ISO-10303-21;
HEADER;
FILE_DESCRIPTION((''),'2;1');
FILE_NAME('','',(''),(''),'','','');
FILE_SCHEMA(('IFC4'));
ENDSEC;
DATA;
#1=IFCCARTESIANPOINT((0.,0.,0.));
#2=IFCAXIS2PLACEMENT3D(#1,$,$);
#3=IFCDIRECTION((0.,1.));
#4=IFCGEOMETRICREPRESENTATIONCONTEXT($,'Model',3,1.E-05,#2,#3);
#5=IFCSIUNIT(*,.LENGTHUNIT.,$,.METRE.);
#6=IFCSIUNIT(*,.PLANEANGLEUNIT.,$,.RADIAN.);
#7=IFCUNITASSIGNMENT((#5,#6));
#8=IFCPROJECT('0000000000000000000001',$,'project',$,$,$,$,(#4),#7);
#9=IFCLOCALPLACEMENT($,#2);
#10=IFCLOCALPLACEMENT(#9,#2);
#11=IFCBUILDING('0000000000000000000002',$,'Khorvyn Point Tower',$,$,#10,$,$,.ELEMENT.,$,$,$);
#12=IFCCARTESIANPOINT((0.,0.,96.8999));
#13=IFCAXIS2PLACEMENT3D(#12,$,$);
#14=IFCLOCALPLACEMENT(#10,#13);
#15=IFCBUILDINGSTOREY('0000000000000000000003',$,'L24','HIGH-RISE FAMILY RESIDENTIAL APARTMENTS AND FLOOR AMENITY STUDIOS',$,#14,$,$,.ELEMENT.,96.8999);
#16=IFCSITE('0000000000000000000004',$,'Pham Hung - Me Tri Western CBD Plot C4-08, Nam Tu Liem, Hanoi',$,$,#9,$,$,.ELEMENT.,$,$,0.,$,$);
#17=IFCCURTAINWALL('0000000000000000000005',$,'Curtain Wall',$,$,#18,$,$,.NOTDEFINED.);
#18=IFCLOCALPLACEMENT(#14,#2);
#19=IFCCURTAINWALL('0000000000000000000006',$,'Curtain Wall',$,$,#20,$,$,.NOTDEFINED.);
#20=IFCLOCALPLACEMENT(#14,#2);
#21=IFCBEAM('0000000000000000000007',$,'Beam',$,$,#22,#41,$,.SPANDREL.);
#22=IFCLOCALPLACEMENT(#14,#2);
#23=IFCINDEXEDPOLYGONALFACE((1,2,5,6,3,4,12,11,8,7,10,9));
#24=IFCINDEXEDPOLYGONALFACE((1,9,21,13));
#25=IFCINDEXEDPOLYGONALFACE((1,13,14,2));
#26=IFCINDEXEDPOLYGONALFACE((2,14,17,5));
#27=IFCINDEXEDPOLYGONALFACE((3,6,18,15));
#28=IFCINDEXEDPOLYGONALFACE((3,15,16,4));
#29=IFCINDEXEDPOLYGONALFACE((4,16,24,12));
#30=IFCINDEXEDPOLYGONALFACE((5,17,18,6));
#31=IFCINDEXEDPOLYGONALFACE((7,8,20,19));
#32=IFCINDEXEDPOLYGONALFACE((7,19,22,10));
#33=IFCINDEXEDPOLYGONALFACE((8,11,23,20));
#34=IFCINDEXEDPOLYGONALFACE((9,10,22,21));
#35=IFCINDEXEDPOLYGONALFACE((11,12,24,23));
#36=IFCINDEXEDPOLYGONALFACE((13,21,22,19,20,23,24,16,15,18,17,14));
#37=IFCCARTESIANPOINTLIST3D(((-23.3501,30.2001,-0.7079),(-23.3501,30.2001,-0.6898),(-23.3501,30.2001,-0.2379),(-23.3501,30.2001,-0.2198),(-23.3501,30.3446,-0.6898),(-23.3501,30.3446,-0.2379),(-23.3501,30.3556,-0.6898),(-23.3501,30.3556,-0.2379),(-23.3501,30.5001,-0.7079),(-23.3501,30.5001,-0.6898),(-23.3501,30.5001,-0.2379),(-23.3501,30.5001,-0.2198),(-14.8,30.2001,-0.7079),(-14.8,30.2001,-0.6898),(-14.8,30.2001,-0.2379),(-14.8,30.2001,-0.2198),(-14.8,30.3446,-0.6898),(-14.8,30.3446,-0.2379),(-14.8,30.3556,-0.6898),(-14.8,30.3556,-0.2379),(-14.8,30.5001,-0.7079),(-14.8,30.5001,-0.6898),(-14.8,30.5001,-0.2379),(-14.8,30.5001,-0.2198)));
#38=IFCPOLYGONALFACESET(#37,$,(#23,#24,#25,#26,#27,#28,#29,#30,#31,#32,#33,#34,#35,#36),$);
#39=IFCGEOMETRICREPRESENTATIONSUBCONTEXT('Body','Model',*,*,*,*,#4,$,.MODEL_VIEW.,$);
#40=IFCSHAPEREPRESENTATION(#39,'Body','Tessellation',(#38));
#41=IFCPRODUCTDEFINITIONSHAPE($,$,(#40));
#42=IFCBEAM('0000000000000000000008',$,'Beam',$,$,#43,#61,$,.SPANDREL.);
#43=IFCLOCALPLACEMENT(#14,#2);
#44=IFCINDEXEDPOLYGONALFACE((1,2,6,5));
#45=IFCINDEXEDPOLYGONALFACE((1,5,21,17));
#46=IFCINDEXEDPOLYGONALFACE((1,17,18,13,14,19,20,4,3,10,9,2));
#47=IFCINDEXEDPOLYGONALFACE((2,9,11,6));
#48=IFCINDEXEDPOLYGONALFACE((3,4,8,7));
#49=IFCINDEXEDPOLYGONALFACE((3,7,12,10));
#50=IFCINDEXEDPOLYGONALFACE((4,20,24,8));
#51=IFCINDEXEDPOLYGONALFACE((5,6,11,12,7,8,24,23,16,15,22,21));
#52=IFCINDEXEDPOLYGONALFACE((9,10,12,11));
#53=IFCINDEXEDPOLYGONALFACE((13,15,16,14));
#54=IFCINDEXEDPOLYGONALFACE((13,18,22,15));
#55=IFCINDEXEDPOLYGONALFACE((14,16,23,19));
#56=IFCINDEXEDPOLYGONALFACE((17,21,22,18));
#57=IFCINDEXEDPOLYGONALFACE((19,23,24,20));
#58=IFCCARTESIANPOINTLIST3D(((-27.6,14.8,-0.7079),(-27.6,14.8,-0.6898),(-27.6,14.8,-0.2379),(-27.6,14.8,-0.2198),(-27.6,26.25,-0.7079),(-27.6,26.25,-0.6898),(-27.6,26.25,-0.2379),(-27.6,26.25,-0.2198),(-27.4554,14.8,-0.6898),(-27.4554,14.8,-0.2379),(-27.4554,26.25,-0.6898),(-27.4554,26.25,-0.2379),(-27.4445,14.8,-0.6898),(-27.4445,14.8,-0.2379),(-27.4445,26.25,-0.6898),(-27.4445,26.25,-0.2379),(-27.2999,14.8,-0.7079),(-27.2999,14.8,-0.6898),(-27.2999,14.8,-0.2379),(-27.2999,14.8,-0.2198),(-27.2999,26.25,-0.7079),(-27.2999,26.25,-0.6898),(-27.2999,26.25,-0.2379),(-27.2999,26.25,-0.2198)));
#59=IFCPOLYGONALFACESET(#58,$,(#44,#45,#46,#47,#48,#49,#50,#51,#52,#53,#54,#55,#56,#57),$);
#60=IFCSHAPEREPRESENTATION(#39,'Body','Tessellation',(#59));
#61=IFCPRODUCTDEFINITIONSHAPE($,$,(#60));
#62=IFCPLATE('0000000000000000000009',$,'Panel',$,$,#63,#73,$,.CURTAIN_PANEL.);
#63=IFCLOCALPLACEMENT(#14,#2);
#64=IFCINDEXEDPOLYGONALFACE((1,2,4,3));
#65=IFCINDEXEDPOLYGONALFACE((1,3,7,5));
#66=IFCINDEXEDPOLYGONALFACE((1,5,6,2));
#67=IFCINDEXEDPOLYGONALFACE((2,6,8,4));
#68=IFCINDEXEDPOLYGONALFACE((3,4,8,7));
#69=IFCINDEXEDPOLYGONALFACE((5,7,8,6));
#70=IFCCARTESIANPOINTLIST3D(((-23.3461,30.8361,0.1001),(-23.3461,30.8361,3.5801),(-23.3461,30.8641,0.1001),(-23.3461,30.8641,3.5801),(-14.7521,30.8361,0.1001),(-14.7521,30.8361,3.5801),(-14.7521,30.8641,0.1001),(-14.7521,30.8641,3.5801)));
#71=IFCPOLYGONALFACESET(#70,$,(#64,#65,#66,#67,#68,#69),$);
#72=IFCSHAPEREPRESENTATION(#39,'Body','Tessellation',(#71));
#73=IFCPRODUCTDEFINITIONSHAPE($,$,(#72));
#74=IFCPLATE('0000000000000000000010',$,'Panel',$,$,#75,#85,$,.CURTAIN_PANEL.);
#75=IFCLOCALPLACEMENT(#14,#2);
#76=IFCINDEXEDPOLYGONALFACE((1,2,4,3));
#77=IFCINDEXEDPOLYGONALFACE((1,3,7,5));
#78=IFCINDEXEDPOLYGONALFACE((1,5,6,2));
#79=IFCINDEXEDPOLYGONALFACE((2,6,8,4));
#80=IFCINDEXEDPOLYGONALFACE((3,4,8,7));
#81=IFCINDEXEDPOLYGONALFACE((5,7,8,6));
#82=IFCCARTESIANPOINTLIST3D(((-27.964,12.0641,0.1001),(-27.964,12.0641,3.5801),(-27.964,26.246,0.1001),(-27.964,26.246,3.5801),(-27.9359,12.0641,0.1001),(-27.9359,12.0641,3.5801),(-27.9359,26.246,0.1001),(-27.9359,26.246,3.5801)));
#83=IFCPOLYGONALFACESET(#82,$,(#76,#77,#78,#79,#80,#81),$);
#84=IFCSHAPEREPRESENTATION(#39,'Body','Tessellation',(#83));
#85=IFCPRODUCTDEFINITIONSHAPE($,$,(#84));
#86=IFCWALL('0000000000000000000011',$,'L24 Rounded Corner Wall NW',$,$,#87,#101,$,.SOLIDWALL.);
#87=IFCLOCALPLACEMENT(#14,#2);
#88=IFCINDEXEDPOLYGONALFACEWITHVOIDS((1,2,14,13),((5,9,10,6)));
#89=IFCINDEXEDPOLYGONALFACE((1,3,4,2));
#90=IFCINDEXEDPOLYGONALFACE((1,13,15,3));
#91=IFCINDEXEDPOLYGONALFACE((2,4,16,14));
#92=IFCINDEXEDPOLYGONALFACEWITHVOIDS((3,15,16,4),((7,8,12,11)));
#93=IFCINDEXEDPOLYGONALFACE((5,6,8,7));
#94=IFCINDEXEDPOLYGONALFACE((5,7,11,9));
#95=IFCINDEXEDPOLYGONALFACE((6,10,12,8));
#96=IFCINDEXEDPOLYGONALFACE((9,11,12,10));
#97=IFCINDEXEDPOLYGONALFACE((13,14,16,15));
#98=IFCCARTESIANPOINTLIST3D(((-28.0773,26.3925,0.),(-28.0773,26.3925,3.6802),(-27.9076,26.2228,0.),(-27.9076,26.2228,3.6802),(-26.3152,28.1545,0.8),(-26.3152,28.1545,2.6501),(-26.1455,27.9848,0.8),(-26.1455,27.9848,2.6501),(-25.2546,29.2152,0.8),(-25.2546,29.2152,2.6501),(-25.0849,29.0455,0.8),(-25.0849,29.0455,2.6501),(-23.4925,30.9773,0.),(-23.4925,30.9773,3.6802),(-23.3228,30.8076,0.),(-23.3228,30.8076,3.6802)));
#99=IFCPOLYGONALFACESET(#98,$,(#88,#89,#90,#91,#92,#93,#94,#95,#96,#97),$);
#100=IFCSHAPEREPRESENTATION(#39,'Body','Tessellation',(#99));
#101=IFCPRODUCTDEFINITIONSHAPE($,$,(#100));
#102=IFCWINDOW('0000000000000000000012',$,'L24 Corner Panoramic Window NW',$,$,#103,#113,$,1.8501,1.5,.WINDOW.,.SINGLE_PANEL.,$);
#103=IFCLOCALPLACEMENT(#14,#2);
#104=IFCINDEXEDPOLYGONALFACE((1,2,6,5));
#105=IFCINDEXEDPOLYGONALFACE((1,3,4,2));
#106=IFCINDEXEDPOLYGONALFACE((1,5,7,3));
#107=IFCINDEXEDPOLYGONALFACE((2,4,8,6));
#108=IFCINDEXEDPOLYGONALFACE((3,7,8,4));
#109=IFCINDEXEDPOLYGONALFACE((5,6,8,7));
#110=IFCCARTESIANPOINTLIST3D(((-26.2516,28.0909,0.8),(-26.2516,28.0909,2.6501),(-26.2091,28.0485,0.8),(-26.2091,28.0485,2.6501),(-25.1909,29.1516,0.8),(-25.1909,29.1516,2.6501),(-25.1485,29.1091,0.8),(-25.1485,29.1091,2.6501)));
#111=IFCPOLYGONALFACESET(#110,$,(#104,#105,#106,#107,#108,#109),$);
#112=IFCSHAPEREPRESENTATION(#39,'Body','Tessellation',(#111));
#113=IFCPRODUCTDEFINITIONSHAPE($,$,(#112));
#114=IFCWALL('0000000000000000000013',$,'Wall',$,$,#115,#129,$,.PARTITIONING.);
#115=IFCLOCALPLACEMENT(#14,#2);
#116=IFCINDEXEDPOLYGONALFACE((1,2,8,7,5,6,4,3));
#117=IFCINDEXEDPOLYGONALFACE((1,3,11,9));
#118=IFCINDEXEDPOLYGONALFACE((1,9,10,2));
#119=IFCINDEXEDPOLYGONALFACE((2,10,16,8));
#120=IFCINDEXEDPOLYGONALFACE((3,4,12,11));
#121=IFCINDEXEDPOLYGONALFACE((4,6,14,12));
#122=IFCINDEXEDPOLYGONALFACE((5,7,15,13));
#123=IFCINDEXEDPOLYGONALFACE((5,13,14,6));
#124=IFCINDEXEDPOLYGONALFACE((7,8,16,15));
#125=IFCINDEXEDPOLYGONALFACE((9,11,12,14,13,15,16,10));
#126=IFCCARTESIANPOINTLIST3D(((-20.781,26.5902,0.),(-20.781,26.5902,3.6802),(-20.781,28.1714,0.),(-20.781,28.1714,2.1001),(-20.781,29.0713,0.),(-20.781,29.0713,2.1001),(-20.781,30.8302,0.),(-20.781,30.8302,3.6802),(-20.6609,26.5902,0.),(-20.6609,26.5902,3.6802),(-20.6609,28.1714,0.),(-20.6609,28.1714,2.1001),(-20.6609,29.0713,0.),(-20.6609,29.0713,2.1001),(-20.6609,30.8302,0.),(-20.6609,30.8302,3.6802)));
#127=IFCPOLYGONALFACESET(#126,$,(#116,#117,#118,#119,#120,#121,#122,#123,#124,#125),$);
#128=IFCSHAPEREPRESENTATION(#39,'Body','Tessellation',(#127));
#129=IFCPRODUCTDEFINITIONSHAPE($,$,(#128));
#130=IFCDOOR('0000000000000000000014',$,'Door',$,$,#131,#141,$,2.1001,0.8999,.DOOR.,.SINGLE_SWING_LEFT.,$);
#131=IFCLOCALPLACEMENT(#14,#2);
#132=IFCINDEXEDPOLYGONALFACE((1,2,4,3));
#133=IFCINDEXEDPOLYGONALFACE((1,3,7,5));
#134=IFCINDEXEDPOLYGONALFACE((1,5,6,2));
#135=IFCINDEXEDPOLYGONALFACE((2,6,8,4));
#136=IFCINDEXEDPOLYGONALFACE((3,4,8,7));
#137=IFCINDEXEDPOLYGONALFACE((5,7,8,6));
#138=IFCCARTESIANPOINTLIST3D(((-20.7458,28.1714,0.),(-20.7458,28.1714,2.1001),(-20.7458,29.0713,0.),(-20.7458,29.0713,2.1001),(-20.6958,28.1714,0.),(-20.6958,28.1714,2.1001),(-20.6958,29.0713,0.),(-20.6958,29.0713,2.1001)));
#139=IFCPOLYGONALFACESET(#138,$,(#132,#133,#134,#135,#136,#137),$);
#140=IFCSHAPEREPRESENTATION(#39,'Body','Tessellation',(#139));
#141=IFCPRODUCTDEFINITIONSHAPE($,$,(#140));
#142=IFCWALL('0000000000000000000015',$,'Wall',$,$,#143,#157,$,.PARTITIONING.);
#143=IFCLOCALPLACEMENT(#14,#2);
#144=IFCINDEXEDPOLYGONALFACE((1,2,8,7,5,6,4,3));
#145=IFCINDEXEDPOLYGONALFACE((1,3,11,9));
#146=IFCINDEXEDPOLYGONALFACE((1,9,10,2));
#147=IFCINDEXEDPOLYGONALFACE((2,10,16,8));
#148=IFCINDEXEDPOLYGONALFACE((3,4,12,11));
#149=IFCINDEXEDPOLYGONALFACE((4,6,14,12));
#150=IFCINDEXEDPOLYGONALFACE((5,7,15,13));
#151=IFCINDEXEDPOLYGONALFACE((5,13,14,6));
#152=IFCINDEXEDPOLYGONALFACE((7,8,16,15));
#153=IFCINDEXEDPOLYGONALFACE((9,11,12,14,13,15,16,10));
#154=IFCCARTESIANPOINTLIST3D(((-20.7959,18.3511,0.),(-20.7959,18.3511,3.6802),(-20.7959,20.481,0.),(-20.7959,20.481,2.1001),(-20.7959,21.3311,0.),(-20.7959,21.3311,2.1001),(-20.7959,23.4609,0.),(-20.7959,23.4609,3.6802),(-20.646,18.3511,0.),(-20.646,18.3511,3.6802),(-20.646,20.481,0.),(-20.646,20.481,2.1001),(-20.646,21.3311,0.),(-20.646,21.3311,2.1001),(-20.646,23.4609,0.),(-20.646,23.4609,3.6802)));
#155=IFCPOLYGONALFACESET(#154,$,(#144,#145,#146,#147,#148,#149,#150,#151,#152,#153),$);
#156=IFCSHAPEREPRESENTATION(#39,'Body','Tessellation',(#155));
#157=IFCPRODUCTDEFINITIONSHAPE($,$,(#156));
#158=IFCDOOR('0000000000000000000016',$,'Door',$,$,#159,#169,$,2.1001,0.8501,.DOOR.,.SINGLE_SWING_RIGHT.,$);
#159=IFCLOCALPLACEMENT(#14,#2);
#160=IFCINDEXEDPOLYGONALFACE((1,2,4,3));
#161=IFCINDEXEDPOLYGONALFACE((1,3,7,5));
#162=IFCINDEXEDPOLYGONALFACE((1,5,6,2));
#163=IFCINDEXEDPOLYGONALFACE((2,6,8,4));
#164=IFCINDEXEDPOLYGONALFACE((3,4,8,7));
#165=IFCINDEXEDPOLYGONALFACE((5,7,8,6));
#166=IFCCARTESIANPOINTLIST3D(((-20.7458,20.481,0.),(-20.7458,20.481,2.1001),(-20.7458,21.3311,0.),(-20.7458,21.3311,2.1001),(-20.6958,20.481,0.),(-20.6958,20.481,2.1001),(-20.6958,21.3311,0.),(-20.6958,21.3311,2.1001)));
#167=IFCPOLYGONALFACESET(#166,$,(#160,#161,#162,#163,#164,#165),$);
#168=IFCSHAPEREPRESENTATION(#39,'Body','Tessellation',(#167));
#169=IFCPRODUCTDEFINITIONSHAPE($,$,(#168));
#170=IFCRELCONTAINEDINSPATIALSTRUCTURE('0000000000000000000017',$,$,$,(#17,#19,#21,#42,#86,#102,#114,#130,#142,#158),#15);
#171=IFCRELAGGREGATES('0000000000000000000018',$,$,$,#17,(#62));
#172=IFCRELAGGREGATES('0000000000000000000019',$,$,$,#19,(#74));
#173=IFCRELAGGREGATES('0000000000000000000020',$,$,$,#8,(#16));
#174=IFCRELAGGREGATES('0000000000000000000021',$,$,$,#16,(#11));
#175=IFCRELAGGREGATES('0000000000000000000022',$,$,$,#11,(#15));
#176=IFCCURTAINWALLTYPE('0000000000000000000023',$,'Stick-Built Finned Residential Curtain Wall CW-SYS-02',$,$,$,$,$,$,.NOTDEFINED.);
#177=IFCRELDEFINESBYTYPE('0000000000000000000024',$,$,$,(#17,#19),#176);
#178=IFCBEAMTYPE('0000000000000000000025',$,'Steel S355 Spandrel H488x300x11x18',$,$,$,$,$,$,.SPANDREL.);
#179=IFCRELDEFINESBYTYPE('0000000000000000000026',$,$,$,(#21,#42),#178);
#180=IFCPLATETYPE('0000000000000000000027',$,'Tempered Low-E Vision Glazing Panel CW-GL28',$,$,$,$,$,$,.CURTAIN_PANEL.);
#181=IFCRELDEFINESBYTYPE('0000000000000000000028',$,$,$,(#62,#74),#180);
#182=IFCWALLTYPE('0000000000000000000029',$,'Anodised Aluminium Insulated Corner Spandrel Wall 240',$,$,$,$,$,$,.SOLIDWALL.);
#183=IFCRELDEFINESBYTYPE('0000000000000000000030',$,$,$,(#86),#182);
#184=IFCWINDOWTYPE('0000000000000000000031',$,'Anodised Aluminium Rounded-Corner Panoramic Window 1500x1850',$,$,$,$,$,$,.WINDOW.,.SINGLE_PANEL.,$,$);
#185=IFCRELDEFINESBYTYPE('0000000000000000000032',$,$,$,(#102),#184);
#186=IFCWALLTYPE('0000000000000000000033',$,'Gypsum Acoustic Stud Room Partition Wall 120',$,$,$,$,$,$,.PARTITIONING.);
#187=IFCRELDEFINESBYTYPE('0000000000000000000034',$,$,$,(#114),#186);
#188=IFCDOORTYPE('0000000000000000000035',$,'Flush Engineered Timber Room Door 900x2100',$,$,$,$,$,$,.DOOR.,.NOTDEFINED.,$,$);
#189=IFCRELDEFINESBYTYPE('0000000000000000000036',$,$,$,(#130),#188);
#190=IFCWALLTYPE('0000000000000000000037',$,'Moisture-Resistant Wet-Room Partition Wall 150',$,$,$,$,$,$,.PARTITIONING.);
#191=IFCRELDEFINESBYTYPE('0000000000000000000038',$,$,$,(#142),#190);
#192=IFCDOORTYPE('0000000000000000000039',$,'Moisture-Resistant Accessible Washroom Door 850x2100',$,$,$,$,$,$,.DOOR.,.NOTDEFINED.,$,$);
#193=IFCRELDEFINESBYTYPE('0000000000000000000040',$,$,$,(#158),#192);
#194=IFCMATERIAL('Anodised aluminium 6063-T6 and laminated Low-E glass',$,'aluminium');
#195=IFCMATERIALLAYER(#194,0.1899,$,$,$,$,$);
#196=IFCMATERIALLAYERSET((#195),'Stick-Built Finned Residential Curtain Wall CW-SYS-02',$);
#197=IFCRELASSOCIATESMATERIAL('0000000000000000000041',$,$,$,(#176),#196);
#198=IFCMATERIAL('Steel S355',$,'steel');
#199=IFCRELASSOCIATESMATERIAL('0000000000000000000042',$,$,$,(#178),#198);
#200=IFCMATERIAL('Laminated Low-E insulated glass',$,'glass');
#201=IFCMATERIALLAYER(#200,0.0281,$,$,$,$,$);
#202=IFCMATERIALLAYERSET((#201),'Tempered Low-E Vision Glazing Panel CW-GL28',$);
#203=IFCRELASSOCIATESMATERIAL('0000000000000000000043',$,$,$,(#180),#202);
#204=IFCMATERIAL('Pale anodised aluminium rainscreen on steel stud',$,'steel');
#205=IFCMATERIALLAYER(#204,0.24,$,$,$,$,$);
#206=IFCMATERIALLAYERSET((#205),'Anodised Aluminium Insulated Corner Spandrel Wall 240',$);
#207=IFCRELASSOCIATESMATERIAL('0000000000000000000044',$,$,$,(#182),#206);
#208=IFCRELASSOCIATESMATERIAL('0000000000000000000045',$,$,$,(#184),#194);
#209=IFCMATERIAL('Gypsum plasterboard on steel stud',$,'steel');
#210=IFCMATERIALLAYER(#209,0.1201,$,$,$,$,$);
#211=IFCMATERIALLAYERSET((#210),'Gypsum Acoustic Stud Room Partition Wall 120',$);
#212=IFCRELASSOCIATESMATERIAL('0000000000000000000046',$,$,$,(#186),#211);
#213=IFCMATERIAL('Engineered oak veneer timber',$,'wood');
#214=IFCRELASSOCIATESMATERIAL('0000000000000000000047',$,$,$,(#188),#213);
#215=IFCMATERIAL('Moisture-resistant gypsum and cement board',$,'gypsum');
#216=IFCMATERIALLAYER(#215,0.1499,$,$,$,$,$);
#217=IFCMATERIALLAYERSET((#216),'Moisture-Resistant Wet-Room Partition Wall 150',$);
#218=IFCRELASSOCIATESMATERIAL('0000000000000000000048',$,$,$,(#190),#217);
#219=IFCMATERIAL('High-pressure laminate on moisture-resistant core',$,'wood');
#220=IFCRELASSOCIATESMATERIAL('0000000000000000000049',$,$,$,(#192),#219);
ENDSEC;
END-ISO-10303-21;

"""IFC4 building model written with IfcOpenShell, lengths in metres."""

from ifc_helpers import new_model, si_unit, direction, frame, frame_2d, origin, origin_2d, place, context, subcontext, project, spatial, rectangle, i_section, extrude, material, layer, layer_set, material_profile, profile_set, type_object, element, fill, aggregate, save


model = new_model("IFC4")

# Units and contexts
model_context = context("Model", 3, precision=1e-05, world=origin(), true_north=direction((0.0, 1.0)))
body_context = subcontext(model_context, "Body", "Model", "MODEL_VIEW")
ifc_project = project(units=[si_unit("LENGTHUNIT", "METRE"), si_unit("PLANEANGLEUNIT", "RADIAN")], contexts=[model_context])

# Site, building, storey
site_placement = place(None, origin())
site = spatial("IfcSite", under=ifc_project, at=site_placement, Name="Pham Hung - Me Tri Western CBD Plot C4-08, Nam Tu Liem, Hanoi", CompositionType="ELEMENT", RefElevation=0.0)
building_placement = place(site_placement, origin())
building = spatial("IfcBuilding", under=site, at=building_placement, Name="Khorvyn Point Tower", CompositionType="ELEMENT")
storey_placement = place(building_placement, frame((0.0, 0.0, 96.8999)))
storey = spatial("IfcBuildingStorey", under=building, at=storey_placement, Name="L24", Description="HIGH-RISE FAMILY RESIDENTIAL APARTMENTS AND FLOOR AMENITY STUDIOS", CompositionType="ELEMENT", Elevation=96.8999)

# Curtain walls
ifc_material_1 = material(Name="Anodised aluminium 6063-T6 and laminated Low-E glass", Category="aluminium")
ifc_layer_1 = layer(ifc_material_1, 0.1899)
ifc_layer_set_1 = layer_set([ifc_layer_1], Name="Stick-Built Finned Residential Curtain Wall CW-SYS-02")
curtain_wall_type = type_object("IfcCurtainWallType", Name="Stick-Built Finned Residential Curtain Wall CW-SYS-02", PredefinedType="NOTDEFINED", material=ifc_layer_set_1)
curtain_wall_1_placement = place(storey_placement, origin())
curtain_wall_1 = element("IfcCurtainWall", 1, at=curtain_wall_1_placement, inside=storey, type_object=curtain_wall_type, Name="Curtain Wall", PredefinedType="NOTDEFINED")
curtain_wall_2_placement = place(storey_placement, origin())
curtain_wall_2 = element("IfcCurtainWall", 2, at=curtain_wall_2_placement, inside=storey, type_object=curtain_wall_type, Name="Curtain Wall", PredefinedType="NOTDEFINED")

# Beams
ifc_material_2 = material(Name="Steel S355", Category="steel")
ifc_material_profile_1 = material_profile(ifc_material_2, i_section(OverallWidth=0.3, OverallDepth=0.488, WebThickness=0.011, FlangeThickness=0.0181, at=origin_2d()))
ifc_profile_set_1 = profile_set([ifc_material_profile_1], Name="Steel S355 H488x300x11x18")
beam_type_1 = type_object("IfcBeamType", Name="Steel S355 Spandrel H488x300x11x18", PredefinedType="SPANDREL", material=ifc_profile_set_1)
beam_1_placement = place(storey_placement, frame((-23.3501, 30.3501, -0.4639), z_axis=(1.0, 0.0, 0.0), x_axis=(0.0, 1.0, 0.0)))
element("IfcBeam", 3, at=beam_1_placement, inside=storey, type_object=beam_type_1, Name="Beam", PredefinedType="SPANDREL", context=body_context, shape_type="SweptSolid", body=[
    extrude(i_section(OverallWidth=0.3, OverallDepth=0.488, WebThickness=0.011, FlangeThickness=0.0181, at=origin_2d()), origin(), (0.0, 0.0, 1.0), 8.55),
])
beam_2_placement = place(storey_placement, frame((-27.45, 14.8, -0.4639), z_axis=(0.0, 1.0, 0.0), x_axis=(-1.0, 0.0, 0.0)))
element("IfcBeam", 4, at=beam_2_placement, inside=storey, type_object=beam_type_1, Name="Beam", PredefinedType="SPANDREL", context=body_context, shape_type="SweptSolid", body=[
    extrude(i_section(OverallWidth=0.3, OverallDepth=0.488, WebThickness=0.011, FlangeThickness=0.0181, at=origin_2d()), origin(), (0.0, 0.0, 1.0), 11.45),
])

# Plates
ifc_material_3 = material(Name="Laminated Low-E insulated glass", Category="glass")
ifc_layer_2 = layer(ifc_material_3, 0.0281)
ifc_layer_set_2 = layer_set([ifc_layer_2], Name="Tempered Low-E Vision Glazing Panel CW-GL28")
plate_type = type_object("IfcPlateType", Name="Tempered Low-E Vision Glazing Panel CW-GL28", PredefinedType="CURTAIN_PANEL", material=ifc_layer_set_2)
plate_1_placement = place(storey_placement, frame((-19.0491, 30.8501, 0.1001), z_axis=(0.0, 0.0, 1.0), x_axis=(1.0, 0.0, 0.0)))
plate_1 = element("IfcPlate", 5, at=plate_1_placement, type_object=plate_type, Name="Panel", PredefinedType="CURTAIN_PANEL", context=body_context, shape_type="SweptSolid", body=[
    extrude(rectangle(XDim=8.594, YDim=0.0281, at=origin_2d()), origin(), (0.0, 0.0, 1.0), 3.48),
])
aggregate(curtain_wall_1, [plate_1])
plate_2_placement = place(storey_placement, frame((-27.95, 19.155, 0.1001), z_axis=(0.0, 0.0, 1.0), x_axis=(0.0, 1.0, 0.0)))
plate_2 = element("IfcPlate", 6, at=plate_2_placement, type_object=plate_type, Name="Panel", PredefinedType="CURTAIN_PANEL", context=body_context, shape_type="SweptSolid", body=[
    extrude(rectangle(XDim=14.1819, YDim=0.0281, at=origin_2d()), origin(), (0.0, 0.0, 1.0), 3.48),
])
aggregate(curtain_wall_2, [plate_2])

# Wall, opening, window
ifc_material_4 = material(Name="Pale anodised aluminium rainscreen on steel stud", Category="steel")
ifc_layer_3 = layer(ifc_material_4, 0.24)
ifc_layer_set_3 = layer_set([ifc_layer_3], Name="Anodised Aluminium Insulated Corner Spandrel Wall 240")
wall_type_1 = type_object("IfcWallType", Name="Anodised Aluminium Insulated Corner Spandrel Wall 240", PredefinedType="SOLIDWALL", material=ifc_layer_set_3)
wall_1_placement = place(storey_placement, frame((-27.9924, 26.3076, 0.0), z_axis=(0.0, 0.0, 1.0), x_axis=(0.707107, 0.707107, 0.0)))
wall_1 = element("IfcWall", 7, at=wall_1_placement, inside=storey, type_object=wall_type_1, Name="L24 Rounded Corner Wall NW", PredefinedType="SOLIDWALL", context=body_context, shape_type="SweptSolid", body=[
    extrude(rectangle(XDim=6.4839, YDim=0.24, at=frame_2d((3.2419, 0.0))), origin(), (0.0, 0.0, 1.0), 3.6802),
])
opening_1_placement = place(wall_1_placement, frame((2.4919, 0.0, 0.8)))
opening_1 = element("IfcOpeningElement", 8, at=opening_1_placement, cuts=wall_1, PredefinedType="OPENING", context=body_context, shape_type="SweptSolid", body=[
    extrude(rectangle(XDim=1.5, YDim=1.8501, at=frame_2d((0.75, 0.925))), frame((0.0, 0.1299, 0.0), z_axis=(0.0, -1.0, 0.0), x_axis=(1.0, 0.0, 0.0)), (0.0, 0.0, 1.0), 0.26),
])
window_type = type_object("IfcWindowType", Name="Anodised Aluminium Rounded-Corner Panoramic Window 1500x1850", PartitioningType="SINGLE_PANEL", PredefinedType="WINDOW", material=ifc_material_1)
window_placement = place(opening_1_placement, origin())
window = element("IfcWindow", 9, at=window_placement, inside=storey, type_object=window_type, Name="L24 Corner Panoramic Window NW", OverallHeight=1.8501, OverallWidth=1.5, PartitioningType="SINGLE_PANEL", PredefinedType="WINDOW", context=body_context, shape_type="SweptSolid", body=[
    extrude(rectangle(XDim=1.5, YDim=1.8501, at=frame_2d((0.75, 0.925))), frame((0.0, 0.03, 0.0), z_axis=(0.0, -1.0, 0.0), x_axis=(1.0, 0.0, 0.0)), (0.0, 0.0, 1.0), 0.0601),
])
fill(opening_1, window)

# Walls, openings, doors
ifc_material_5 = material(Name="Gypsum plasterboard on steel stud", Category="steel")
ifc_layer_4 = layer(ifc_material_5, 0.1201)
ifc_layer_set_4 = layer_set([ifc_layer_4], Name="Gypsum Acoustic Stud Room Partition Wall 120")
wall_type_2 = type_object("IfcWallType", Name="Gypsum Acoustic Stud Room Partition Wall 120", PredefinedType="PARTITIONING", material=ifc_layer_set_4)
wall_2_placement = place(storey_placement, frame((-20.7209, 26.5901, 0.0), z_axis=(0.0, 0.0, 1.0), x_axis=(0.0, 1.0, 0.0)))
wall_2 = element("IfcWall", 10, at=wall_2_placement, inside=storey, type_object=wall_type_2, Name="Wall", PredefinedType="PARTITIONING", context=body_context, shape_type="SweptSolid", body=[
    extrude(rectangle(XDim=4.24, YDim=0.1201, at=frame_2d((2.1201, 0.0))), origin(), (0.0, 0.0, 1.0), 3.6802),
])
opening_2_placement = place(wall_2_placement, frame((1.5813, 0.0, 0.0)))
opening_2 = element("IfcOpeningElement", 11, at=opening_2_placement, cuts=wall_2, PredefinedType="OPENING", context=body_context, shape_type="SweptSolid", body=[
    extrude(rectangle(XDim=0.8999, YDim=2.1001, at=frame_2d((0.45, 1.05))), frame((0.0, 0.0701, 0.0), z_axis=(0.0, -1.0, 0.0), x_axis=(1.0, 0.0, 0.0)), (0.0, 0.0, 1.0), 0.1401),
])
ifc_material_6 = material(Name="Engineered oak veneer timber", Category="wood")
door_type_1 = type_object("IfcDoorType", Name="Flush Engineered Timber Room Door 900x2100", OperationType="NOTDEFINED", PredefinedType="DOOR", material=ifc_material_6)
door_1_placement = place(opening_2_placement, origin())
door_1 = element("IfcDoor", 12, at=door_1_placement, inside=storey, type_object=door_type_1, Name="Door", OperationType="SINGLE_SWING_LEFT", OverallHeight=2.1001, OverallWidth=0.8999, PredefinedType="DOOR", context=body_context, shape_type="SweptSolid", body=[
    extrude(rectangle(XDim=0.8999, YDim=2.1001, at=frame_2d((0.45, 1.05))), frame((0.0, 0.0249, 0.0), z_axis=(0.0, -1.0, 0.0), x_axis=(1.0, 0.0, 0.0)), (0.0, 0.0, 1.0), 0.05),
])
fill(opening_2, door_1)
ifc_material_7 = material(Name="Moisture-resistant gypsum and cement board", Category="gypsum")
ifc_layer_5 = layer(ifc_material_7, 0.1499)
ifc_layer_set_5 = layer_set([ifc_layer_5], Name="Moisture-Resistant Wet-Room Partition Wall 150")
wall_type_3 = type_object("IfcWallType", Name="Moisture-Resistant Wet-Room Partition Wall 150", PredefinedType="PARTITIONING", material=ifc_layer_set_5)
wall_3_placement = place(storey_placement, frame((-20.7209, 18.3511, 0.0), z_axis=(0.0, 0.0, 1.0), x_axis=(0.0, 1.0, 0.0)))
wall_3 = element("IfcWall", 13, at=wall_3_placement, inside=storey, type_object=wall_type_3, Name="Wall", PredefinedType="PARTITIONING", context=body_context, shape_type="SweptSolid", body=[
    extrude(rectangle(XDim=5.1099, YDim=0.1499, at=frame_2d((2.5549, 0.0))), origin(), (0.0, 0.0, 1.0), 3.6802),
])
opening_3_placement = place(wall_3_placement, frame((2.1299, 0.0, 0.0)))
opening_3 = element("IfcOpeningElement", 14, at=opening_3_placement, cuts=wall_3, PredefinedType="OPENING", context=body_context, shape_type="SweptSolid", body=[
    extrude(rectangle(XDim=0.8501, YDim=2.1001, at=frame_2d((0.425, 1.05))), frame((0.0, 0.085, 0.0), z_axis=(0.0, -1.0, 0.0), x_axis=(1.0, 0.0, 0.0)), (0.0, 0.0, 1.0), 0.1699),
])
ifc_material_8 = material(Name="High-pressure laminate on moisture-resistant core", Category="wood")
door_type_2 = type_object("IfcDoorType", Name="Moisture-Resistant Accessible Washroom Door 850x2100", OperationType="NOTDEFINED", PredefinedType="DOOR", material=ifc_material_8)
door_2_placement = place(opening_3_placement, origin())
door_2 = element("IfcDoor", 15, at=door_2_placement, inside=storey, type_object=door_type_2, Name="Door", OperationType="SINGLE_SWING_RIGHT", OverallHeight=2.1001, OverallWidth=0.8501, PredefinedType="DOOR", context=body_context, shape_type="SweptSolid", body=[
    extrude(rectangle(XDim=0.8501, YDim=2.1001, at=frame_2d((0.425, 1.05))), frame((0.0, 0.0249, 0.0), z_axis=(0.0, -1.0, 0.0), x_axis=(1.0, 0.0, 0.0)), (0.0, 0.0, 1.0), 0.05),
])
fill(opening_3, door_2)

save(model, "model.ifc")
